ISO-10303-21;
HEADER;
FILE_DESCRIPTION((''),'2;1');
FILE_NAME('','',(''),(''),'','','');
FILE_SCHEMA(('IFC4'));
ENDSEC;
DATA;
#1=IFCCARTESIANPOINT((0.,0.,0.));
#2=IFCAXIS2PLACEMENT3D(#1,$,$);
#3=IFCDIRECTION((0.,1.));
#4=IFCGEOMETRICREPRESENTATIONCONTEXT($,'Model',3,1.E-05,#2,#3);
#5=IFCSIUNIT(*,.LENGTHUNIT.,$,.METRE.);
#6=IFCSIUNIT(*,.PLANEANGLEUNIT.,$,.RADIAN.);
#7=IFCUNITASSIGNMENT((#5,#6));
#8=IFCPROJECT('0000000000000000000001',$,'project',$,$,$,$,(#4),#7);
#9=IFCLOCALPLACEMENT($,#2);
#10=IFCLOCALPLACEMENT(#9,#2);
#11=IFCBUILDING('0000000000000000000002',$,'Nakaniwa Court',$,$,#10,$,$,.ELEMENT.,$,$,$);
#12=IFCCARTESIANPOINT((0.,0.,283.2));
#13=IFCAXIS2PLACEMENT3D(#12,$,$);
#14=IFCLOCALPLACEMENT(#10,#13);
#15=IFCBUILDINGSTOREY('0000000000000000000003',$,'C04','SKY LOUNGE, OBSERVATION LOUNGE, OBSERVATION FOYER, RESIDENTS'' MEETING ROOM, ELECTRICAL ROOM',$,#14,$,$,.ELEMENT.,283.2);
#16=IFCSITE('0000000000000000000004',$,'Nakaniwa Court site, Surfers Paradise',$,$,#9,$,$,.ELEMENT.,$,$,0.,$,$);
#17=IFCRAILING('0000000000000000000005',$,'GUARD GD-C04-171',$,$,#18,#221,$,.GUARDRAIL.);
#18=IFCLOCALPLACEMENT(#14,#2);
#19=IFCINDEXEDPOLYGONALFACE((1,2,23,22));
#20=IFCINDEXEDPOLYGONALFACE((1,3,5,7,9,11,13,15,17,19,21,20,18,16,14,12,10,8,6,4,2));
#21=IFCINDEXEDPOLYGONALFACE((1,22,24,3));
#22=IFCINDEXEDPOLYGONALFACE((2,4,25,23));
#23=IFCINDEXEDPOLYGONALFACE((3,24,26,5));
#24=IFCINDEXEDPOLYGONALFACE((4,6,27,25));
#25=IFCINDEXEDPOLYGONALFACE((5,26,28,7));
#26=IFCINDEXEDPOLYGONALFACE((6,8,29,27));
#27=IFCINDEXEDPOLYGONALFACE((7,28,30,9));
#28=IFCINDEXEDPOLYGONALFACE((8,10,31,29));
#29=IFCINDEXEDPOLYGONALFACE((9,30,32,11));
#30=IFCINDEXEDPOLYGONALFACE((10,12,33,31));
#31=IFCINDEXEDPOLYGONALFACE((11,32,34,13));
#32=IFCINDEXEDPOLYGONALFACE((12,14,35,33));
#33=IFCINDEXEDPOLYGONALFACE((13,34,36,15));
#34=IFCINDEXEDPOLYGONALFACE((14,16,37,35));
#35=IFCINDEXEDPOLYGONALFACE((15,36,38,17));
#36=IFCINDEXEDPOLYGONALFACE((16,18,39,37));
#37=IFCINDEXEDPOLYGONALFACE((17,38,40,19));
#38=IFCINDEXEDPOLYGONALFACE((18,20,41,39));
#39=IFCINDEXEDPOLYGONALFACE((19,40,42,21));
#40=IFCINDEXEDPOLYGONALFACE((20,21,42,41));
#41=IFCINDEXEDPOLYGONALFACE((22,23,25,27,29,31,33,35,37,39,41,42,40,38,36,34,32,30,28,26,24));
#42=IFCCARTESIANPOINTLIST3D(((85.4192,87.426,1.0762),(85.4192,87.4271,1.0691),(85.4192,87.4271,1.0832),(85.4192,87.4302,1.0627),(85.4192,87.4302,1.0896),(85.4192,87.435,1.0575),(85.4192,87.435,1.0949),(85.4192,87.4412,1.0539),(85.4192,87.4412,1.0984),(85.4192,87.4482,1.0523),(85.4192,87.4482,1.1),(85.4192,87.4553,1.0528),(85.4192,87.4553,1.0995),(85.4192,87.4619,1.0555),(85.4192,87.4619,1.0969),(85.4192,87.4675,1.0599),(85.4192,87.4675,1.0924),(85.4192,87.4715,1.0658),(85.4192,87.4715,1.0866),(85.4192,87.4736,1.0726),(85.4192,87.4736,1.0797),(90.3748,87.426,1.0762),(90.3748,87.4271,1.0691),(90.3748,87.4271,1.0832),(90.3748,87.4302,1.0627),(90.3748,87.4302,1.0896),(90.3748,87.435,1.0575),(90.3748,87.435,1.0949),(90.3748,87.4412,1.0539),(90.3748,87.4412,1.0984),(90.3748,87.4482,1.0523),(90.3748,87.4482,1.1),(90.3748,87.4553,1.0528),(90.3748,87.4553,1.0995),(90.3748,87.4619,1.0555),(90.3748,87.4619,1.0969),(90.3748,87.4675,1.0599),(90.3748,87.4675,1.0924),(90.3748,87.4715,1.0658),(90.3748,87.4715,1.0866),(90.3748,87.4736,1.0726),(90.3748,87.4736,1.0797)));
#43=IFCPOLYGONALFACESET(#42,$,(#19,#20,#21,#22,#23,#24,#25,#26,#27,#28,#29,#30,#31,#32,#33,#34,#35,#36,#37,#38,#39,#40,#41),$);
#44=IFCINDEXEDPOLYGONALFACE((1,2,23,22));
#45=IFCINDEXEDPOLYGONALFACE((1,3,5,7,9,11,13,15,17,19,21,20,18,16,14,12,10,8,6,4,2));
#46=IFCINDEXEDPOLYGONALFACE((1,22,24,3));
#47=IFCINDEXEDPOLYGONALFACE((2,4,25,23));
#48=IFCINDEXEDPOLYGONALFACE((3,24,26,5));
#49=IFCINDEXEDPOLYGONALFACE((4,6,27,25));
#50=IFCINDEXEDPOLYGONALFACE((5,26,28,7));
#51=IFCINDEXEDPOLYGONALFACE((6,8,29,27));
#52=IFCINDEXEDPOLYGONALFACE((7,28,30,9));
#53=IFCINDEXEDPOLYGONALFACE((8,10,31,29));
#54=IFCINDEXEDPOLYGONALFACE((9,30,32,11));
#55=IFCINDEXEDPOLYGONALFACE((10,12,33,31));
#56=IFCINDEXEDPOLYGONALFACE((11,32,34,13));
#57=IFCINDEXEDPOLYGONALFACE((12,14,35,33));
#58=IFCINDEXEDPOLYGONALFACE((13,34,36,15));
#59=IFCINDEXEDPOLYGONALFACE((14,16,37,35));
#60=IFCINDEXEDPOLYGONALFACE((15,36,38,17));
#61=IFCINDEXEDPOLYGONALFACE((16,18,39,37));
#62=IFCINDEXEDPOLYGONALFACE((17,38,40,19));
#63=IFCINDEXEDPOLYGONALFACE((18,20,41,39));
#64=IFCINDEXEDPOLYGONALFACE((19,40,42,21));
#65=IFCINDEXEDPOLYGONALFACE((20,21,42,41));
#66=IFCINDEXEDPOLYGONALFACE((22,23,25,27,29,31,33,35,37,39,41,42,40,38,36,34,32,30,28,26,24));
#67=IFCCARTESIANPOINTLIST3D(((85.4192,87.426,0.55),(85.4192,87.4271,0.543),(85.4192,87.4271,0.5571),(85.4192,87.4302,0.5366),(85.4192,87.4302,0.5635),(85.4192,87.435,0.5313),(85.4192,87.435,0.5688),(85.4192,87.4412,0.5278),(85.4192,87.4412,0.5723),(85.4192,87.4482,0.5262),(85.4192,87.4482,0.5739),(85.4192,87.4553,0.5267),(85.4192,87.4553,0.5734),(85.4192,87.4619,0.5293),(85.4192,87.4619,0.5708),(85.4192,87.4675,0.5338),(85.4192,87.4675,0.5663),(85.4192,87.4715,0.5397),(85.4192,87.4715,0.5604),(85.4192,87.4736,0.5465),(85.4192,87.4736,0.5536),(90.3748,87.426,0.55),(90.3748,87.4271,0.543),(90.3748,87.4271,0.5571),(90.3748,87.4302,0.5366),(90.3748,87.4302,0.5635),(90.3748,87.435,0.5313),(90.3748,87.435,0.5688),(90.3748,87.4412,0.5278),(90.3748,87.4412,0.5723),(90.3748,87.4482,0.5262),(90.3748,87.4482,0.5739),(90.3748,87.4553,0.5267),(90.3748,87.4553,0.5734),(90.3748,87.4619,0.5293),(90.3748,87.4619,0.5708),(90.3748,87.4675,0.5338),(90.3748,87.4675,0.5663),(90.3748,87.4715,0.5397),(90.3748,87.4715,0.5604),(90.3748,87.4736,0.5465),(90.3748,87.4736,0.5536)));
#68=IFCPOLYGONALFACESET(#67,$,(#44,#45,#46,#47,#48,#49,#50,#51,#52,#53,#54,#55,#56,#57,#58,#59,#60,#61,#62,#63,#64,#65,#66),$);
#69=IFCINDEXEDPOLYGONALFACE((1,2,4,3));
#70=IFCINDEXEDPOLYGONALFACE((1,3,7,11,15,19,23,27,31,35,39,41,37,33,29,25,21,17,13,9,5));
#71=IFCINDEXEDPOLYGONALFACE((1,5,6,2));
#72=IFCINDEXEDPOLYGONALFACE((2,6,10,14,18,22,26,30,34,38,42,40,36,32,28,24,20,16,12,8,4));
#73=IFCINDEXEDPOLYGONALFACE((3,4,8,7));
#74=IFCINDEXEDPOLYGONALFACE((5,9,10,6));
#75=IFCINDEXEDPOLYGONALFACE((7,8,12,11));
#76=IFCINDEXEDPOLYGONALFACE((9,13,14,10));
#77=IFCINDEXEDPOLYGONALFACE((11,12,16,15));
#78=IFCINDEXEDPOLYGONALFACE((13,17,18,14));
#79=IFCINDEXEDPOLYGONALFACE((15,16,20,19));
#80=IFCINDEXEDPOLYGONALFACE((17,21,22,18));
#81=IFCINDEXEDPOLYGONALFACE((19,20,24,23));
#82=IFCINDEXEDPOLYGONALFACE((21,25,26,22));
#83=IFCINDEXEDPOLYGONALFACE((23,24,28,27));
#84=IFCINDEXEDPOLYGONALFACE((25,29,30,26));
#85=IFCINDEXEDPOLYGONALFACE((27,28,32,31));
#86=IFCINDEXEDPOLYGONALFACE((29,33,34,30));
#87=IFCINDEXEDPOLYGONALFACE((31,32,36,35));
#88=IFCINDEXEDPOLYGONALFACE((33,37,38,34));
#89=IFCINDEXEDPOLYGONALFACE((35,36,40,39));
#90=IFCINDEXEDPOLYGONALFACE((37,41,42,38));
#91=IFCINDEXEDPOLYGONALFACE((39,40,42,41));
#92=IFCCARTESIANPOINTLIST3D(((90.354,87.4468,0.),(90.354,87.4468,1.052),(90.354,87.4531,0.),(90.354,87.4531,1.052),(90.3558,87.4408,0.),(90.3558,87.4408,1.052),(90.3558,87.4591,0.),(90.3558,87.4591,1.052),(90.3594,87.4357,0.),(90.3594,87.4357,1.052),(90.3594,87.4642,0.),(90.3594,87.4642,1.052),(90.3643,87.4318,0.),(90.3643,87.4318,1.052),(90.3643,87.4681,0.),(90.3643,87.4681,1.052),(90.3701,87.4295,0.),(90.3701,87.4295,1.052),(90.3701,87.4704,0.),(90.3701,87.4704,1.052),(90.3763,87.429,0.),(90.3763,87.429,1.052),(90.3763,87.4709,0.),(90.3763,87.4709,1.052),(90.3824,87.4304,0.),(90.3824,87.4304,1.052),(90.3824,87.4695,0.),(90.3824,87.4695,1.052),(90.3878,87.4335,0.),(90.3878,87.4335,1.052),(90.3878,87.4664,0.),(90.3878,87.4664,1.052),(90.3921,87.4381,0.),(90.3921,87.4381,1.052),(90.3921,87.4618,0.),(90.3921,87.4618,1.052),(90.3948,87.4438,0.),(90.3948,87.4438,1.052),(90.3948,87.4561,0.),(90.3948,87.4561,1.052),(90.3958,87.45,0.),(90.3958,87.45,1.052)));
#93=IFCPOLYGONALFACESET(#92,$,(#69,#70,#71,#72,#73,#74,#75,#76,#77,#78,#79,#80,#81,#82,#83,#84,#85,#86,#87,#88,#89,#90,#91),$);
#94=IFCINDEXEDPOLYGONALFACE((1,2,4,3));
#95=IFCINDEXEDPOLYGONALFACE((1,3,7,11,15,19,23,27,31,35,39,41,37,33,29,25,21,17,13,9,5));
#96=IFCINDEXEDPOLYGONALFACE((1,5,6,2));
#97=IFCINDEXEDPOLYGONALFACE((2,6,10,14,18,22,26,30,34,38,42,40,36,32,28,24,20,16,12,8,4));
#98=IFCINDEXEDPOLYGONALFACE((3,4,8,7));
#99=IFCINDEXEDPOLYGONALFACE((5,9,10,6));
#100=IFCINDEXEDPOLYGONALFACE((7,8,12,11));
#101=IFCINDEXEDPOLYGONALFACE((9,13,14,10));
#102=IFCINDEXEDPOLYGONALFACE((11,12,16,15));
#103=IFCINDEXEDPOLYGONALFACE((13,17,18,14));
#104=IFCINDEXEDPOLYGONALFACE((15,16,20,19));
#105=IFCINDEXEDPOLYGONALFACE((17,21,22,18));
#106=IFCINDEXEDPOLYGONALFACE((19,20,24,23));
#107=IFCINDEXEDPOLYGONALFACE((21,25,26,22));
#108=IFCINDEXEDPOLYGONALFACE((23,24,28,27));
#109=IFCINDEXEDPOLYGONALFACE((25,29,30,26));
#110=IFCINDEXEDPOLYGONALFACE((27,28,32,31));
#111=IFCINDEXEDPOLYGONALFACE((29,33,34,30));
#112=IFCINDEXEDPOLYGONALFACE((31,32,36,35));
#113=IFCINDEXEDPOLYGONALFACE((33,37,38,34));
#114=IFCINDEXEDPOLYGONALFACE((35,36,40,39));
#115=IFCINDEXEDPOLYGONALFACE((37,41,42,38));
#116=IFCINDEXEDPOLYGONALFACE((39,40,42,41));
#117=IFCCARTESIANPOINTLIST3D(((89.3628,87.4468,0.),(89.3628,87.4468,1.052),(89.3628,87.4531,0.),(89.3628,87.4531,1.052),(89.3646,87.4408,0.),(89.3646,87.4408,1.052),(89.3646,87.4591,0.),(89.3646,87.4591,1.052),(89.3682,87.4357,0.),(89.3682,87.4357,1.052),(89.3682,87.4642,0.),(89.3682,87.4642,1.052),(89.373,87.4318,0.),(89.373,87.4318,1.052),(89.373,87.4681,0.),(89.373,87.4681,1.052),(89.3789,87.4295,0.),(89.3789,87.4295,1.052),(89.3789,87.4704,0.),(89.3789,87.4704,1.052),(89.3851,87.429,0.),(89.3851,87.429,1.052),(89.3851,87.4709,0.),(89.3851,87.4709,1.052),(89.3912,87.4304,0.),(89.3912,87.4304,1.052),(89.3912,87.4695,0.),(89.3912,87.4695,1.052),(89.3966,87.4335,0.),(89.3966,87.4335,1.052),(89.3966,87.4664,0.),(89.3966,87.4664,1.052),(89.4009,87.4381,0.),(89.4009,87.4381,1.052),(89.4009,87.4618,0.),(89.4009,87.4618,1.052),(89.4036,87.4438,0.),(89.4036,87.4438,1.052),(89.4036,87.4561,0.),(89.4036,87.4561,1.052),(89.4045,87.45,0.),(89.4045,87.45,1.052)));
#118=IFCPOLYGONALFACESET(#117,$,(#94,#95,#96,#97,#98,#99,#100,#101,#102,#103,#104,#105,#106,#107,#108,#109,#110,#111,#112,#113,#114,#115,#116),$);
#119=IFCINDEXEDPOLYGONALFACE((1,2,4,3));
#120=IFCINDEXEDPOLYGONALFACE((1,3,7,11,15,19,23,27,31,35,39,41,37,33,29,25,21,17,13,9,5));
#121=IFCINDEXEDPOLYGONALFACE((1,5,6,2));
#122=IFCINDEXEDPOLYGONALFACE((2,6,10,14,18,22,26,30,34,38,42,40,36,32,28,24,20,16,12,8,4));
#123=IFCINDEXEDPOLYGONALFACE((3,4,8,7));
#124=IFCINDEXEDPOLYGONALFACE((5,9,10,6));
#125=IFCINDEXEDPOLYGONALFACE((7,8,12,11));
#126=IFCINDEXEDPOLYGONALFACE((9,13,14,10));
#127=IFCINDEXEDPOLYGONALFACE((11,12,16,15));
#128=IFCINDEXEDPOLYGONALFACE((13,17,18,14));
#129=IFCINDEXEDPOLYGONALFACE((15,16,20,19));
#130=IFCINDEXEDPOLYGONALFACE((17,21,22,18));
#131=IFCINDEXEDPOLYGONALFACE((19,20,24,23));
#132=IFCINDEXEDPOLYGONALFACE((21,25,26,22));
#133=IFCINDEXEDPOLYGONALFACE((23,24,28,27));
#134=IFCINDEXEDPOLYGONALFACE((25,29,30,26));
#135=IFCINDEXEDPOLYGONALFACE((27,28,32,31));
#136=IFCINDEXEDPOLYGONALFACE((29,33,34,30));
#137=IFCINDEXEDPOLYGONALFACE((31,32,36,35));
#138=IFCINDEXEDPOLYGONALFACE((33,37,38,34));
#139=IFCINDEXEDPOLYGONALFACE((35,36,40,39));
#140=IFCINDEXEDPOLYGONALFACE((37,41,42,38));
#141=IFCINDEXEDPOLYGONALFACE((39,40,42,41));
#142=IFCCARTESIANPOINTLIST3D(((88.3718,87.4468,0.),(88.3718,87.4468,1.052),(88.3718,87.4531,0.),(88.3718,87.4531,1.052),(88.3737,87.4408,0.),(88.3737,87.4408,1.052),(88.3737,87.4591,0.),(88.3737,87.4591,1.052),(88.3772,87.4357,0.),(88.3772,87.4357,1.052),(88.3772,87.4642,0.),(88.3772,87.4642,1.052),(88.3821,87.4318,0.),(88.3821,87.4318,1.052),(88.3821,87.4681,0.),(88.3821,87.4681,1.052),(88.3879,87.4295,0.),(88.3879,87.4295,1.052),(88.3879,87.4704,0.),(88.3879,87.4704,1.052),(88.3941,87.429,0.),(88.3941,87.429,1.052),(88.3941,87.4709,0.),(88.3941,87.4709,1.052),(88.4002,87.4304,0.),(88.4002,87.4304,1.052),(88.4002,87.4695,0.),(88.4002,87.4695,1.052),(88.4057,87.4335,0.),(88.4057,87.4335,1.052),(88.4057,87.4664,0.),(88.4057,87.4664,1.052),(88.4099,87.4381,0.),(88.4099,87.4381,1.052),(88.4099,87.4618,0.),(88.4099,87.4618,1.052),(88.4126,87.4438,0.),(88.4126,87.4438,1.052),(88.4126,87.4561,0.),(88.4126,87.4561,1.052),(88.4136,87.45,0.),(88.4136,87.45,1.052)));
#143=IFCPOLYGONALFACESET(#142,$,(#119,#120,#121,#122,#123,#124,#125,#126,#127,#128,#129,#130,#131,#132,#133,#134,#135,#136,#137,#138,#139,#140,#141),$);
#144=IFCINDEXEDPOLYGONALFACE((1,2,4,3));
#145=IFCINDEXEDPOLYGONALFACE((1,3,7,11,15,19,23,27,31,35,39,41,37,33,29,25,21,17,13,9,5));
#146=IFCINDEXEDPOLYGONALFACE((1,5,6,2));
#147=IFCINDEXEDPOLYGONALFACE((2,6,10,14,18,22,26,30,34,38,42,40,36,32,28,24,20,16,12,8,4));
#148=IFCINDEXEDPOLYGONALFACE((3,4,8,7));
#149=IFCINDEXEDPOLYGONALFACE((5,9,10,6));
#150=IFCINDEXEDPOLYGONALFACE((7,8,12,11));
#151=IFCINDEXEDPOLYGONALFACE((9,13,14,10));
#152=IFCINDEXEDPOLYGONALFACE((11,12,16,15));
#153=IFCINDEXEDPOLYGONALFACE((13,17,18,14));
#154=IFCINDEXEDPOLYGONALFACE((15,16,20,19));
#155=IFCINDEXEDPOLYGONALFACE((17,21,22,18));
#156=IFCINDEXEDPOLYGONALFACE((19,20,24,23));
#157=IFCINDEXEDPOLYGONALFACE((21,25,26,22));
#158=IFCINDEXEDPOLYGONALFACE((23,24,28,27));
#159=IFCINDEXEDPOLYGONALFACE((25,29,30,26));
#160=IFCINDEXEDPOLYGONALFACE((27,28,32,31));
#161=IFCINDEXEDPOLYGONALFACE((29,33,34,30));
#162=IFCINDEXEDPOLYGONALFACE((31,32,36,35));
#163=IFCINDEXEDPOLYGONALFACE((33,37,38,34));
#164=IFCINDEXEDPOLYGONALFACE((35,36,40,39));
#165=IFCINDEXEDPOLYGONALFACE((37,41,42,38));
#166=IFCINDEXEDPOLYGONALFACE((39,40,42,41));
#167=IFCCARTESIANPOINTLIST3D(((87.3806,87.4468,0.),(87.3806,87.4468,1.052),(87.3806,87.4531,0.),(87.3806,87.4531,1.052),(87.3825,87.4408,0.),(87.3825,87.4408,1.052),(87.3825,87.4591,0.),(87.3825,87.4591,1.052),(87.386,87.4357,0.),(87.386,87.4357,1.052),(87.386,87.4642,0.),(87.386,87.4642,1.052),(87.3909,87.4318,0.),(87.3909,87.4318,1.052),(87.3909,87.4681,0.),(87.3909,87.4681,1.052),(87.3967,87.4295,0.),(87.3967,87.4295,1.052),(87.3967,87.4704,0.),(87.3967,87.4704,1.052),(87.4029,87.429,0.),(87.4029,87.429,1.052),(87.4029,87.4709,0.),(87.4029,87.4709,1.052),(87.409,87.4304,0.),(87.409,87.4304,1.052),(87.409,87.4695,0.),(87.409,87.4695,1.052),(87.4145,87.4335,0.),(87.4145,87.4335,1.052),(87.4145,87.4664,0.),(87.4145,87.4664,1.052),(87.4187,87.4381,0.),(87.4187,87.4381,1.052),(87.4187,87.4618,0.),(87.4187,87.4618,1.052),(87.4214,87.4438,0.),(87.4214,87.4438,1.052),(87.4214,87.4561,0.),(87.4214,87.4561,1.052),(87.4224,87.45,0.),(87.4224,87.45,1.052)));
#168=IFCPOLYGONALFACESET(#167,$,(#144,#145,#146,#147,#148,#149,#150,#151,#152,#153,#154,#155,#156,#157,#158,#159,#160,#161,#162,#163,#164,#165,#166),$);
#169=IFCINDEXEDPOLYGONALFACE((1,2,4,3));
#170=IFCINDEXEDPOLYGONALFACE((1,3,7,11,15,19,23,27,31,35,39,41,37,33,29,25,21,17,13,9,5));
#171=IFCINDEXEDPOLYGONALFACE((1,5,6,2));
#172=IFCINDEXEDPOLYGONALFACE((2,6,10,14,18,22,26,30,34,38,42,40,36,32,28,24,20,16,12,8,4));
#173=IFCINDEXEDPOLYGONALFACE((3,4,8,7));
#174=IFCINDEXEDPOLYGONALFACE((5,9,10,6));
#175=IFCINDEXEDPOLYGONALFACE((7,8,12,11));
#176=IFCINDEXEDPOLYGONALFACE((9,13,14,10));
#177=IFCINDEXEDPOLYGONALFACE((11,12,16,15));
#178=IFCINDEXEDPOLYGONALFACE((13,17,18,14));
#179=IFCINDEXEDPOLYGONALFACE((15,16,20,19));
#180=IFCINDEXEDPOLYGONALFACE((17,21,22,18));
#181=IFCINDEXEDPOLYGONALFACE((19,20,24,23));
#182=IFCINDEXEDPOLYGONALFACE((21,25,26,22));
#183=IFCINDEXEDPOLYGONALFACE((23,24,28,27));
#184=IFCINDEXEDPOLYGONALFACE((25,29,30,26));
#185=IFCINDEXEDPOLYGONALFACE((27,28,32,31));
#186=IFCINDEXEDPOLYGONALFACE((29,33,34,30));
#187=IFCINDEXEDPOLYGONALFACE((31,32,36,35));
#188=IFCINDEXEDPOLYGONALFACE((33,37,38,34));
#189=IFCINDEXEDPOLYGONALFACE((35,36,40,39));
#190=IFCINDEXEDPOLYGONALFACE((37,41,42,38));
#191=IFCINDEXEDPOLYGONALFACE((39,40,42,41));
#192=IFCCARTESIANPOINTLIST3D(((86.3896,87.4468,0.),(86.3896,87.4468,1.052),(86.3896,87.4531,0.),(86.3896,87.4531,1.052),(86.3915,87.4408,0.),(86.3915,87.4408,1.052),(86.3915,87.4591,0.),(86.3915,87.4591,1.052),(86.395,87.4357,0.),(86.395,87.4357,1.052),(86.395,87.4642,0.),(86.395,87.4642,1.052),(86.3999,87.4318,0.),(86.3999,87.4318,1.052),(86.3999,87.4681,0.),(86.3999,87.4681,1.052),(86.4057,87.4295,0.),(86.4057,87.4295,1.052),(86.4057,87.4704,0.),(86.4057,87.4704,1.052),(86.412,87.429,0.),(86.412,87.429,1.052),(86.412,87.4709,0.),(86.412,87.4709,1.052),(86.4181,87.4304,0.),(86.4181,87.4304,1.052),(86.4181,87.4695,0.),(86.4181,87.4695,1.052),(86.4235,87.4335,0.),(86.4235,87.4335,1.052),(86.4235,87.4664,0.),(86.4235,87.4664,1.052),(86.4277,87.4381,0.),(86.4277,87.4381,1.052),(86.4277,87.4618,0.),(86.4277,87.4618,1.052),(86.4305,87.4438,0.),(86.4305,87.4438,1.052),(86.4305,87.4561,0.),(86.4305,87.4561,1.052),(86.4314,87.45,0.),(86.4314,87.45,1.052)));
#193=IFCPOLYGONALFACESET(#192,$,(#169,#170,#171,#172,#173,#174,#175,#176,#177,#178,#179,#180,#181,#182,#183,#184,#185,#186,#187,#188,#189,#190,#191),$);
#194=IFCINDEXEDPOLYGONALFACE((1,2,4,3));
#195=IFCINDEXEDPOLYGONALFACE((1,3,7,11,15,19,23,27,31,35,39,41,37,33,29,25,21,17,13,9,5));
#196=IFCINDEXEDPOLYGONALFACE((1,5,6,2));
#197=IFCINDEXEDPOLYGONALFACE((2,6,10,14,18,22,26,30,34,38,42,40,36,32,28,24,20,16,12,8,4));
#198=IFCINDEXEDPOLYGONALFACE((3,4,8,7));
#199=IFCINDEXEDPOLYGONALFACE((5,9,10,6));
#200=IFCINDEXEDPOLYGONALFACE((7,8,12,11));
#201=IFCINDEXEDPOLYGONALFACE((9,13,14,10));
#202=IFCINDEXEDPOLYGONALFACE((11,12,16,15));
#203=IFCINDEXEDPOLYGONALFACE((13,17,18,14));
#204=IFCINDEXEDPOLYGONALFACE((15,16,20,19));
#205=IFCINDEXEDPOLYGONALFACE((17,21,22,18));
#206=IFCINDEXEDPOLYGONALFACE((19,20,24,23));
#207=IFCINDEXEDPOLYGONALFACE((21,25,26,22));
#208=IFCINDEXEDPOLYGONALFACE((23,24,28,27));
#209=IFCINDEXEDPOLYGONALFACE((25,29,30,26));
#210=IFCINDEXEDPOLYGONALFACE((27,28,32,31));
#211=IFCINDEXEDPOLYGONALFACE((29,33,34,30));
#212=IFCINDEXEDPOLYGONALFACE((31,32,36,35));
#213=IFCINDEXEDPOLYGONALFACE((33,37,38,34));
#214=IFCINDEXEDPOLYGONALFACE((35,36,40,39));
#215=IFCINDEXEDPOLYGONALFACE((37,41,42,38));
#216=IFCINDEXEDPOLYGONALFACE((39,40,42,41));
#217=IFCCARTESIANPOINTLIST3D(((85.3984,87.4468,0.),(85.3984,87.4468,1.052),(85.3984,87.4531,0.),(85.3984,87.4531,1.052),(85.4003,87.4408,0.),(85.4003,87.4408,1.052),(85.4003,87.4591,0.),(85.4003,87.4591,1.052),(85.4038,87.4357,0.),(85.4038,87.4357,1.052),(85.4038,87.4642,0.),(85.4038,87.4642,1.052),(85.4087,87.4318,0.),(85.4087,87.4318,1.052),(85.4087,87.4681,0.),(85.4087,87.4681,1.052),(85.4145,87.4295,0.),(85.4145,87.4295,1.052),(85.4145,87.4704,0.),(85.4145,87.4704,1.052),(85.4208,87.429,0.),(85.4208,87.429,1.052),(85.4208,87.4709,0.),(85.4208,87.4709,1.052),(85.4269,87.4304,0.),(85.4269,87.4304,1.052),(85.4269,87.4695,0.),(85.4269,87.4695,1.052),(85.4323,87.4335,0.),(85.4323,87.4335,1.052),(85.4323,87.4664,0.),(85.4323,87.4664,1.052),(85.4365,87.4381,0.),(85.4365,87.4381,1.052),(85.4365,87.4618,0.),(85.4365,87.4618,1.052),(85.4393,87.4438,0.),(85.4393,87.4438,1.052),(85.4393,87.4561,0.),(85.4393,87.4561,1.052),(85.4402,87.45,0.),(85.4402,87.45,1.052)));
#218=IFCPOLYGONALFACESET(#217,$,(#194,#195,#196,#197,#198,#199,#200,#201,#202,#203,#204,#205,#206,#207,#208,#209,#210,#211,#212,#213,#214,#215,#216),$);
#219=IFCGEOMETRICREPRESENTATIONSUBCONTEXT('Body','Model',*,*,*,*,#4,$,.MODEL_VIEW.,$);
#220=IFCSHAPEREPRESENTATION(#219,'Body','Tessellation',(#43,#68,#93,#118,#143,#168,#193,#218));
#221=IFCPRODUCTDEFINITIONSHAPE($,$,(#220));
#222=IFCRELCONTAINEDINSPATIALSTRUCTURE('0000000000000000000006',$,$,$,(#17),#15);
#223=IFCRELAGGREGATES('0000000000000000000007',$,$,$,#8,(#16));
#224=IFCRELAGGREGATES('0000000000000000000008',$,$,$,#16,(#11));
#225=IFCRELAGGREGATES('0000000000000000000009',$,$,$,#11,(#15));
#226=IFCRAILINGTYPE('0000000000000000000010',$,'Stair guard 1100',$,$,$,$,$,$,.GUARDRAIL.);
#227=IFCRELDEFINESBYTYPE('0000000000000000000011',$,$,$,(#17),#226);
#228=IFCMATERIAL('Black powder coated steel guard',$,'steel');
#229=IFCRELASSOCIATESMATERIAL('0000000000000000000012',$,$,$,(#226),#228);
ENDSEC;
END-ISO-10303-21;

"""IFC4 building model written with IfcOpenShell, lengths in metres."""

from ifc_helpers import new_model, si_unit, direction, frame, origin, origin_2d, place, context, subcontext, project, spatial, circle, extrude, material, type_object, element, save


model = new_model("IFC4")

# Units and contexts
model_context = context("Model", 3, precision=1e-05, world=origin(), true_north=direction((0.0, 1.0)))
body_context = subcontext(model_context, "Body", "Model", "MODEL_VIEW")
ifc_project = project(units=[si_unit("LENGTHUNIT", "METRE"), si_unit("PLANEANGLEUNIT", "RADIAN")], contexts=[model_context])

# Site, building, storey
site_placement = place(None, origin())
site = spatial("IfcSite", under=ifc_project, at=site_placement, Name="Nakaniwa Court site, Surfers Paradise", CompositionType="ELEMENT", RefElevation=0.0)
building_placement = place(site_placement, origin())
building = spatial("IfcBuilding", under=site, at=building_placement, Name="Nakaniwa Court", CompositionType="ELEMENT")
storey_placement = place(building_placement, frame((0.0, 0.0, 283.2)))
storey = spatial("IfcBuildingStorey", under=building, at=storey_placement, Name="C04", Description="SKY LOUNGE, OBSERVATION LOUNGE, OBSERVATION FOYER, RESIDENTS' MEETING ROOM, ELECTRICAL ROOM", CompositionType="ELEMENT", Elevation=283.2)

# Railing
ifc_material_1 = material(Name="Black powder coated steel guard", Category="steel")
railing_type = type_object("IfcRailingType", Name="Stair guard 1100", PredefinedType="GUARDRAIL", material=ifc_material_1)
railing_1_placement = place(storey_placement, frame((90.3748, 87.45, 0.0)))
element("IfcRailing", 1, at=railing_1_placement, inside=storey, type_object=railing_type, Name="GUARD GD-C04-171", PredefinedType="GUARDRAIL", context=body_context, shape_type="SweptSolid", body=[
    extrude(circle(Radius=0.0239, at=origin_2d()), frame((0.0, 0.0, 1.0762), z_axis=(-1.0, 0.0, 0.0), x_axis=(0.0, -1.0, 0.0)), (0.0, 0.0, 1.0), 4.9556),
    extrude(circle(Radius=0.0239, at=origin_2d()), frame((0.0, 0.0, 0.55), z_axis=(-1.0, 0.0, 0.0), x_axis=(0.0, -1.0, 0.0)), (0.0, 0.0, 1.0), 4.9556),
    extrude(circle(Radius=0.021, at=origin_2d()), origin(), (0.0, 0.0, 1.0), 1.052),
    extrude(circle(Radius=0.021, at=origin_2d()), frame((-0.9912, 0.0, 0.0)), (0.0, 0.0, 1.0), 1.052),
    extrude(circle(Radius=0.021, at=origin_2d()), frame((-1.9822, 0.0, 0.0)), (0.0, 0.0, 1.0), 1.052),
    extrude(circle(Radius=0.021, at=origin_2d()), frame((-2.9734, 0.0, 0.0)), (0.0, 0.0, 1.0), 1.052),
    extrude(circle(Radius=0.021, at=origin_2d()), frame((-3.9644, 0.0, 0.0)), (0.0, 0.0, 1.0), 1.052),
    extrude(circle(Radius=0.021, at=origin_2d()), frame((-4.9556, 0.0, 0.0)), (0.0, 0.0, 1.0), 1.052),
])

save(model, "model.ifc")
